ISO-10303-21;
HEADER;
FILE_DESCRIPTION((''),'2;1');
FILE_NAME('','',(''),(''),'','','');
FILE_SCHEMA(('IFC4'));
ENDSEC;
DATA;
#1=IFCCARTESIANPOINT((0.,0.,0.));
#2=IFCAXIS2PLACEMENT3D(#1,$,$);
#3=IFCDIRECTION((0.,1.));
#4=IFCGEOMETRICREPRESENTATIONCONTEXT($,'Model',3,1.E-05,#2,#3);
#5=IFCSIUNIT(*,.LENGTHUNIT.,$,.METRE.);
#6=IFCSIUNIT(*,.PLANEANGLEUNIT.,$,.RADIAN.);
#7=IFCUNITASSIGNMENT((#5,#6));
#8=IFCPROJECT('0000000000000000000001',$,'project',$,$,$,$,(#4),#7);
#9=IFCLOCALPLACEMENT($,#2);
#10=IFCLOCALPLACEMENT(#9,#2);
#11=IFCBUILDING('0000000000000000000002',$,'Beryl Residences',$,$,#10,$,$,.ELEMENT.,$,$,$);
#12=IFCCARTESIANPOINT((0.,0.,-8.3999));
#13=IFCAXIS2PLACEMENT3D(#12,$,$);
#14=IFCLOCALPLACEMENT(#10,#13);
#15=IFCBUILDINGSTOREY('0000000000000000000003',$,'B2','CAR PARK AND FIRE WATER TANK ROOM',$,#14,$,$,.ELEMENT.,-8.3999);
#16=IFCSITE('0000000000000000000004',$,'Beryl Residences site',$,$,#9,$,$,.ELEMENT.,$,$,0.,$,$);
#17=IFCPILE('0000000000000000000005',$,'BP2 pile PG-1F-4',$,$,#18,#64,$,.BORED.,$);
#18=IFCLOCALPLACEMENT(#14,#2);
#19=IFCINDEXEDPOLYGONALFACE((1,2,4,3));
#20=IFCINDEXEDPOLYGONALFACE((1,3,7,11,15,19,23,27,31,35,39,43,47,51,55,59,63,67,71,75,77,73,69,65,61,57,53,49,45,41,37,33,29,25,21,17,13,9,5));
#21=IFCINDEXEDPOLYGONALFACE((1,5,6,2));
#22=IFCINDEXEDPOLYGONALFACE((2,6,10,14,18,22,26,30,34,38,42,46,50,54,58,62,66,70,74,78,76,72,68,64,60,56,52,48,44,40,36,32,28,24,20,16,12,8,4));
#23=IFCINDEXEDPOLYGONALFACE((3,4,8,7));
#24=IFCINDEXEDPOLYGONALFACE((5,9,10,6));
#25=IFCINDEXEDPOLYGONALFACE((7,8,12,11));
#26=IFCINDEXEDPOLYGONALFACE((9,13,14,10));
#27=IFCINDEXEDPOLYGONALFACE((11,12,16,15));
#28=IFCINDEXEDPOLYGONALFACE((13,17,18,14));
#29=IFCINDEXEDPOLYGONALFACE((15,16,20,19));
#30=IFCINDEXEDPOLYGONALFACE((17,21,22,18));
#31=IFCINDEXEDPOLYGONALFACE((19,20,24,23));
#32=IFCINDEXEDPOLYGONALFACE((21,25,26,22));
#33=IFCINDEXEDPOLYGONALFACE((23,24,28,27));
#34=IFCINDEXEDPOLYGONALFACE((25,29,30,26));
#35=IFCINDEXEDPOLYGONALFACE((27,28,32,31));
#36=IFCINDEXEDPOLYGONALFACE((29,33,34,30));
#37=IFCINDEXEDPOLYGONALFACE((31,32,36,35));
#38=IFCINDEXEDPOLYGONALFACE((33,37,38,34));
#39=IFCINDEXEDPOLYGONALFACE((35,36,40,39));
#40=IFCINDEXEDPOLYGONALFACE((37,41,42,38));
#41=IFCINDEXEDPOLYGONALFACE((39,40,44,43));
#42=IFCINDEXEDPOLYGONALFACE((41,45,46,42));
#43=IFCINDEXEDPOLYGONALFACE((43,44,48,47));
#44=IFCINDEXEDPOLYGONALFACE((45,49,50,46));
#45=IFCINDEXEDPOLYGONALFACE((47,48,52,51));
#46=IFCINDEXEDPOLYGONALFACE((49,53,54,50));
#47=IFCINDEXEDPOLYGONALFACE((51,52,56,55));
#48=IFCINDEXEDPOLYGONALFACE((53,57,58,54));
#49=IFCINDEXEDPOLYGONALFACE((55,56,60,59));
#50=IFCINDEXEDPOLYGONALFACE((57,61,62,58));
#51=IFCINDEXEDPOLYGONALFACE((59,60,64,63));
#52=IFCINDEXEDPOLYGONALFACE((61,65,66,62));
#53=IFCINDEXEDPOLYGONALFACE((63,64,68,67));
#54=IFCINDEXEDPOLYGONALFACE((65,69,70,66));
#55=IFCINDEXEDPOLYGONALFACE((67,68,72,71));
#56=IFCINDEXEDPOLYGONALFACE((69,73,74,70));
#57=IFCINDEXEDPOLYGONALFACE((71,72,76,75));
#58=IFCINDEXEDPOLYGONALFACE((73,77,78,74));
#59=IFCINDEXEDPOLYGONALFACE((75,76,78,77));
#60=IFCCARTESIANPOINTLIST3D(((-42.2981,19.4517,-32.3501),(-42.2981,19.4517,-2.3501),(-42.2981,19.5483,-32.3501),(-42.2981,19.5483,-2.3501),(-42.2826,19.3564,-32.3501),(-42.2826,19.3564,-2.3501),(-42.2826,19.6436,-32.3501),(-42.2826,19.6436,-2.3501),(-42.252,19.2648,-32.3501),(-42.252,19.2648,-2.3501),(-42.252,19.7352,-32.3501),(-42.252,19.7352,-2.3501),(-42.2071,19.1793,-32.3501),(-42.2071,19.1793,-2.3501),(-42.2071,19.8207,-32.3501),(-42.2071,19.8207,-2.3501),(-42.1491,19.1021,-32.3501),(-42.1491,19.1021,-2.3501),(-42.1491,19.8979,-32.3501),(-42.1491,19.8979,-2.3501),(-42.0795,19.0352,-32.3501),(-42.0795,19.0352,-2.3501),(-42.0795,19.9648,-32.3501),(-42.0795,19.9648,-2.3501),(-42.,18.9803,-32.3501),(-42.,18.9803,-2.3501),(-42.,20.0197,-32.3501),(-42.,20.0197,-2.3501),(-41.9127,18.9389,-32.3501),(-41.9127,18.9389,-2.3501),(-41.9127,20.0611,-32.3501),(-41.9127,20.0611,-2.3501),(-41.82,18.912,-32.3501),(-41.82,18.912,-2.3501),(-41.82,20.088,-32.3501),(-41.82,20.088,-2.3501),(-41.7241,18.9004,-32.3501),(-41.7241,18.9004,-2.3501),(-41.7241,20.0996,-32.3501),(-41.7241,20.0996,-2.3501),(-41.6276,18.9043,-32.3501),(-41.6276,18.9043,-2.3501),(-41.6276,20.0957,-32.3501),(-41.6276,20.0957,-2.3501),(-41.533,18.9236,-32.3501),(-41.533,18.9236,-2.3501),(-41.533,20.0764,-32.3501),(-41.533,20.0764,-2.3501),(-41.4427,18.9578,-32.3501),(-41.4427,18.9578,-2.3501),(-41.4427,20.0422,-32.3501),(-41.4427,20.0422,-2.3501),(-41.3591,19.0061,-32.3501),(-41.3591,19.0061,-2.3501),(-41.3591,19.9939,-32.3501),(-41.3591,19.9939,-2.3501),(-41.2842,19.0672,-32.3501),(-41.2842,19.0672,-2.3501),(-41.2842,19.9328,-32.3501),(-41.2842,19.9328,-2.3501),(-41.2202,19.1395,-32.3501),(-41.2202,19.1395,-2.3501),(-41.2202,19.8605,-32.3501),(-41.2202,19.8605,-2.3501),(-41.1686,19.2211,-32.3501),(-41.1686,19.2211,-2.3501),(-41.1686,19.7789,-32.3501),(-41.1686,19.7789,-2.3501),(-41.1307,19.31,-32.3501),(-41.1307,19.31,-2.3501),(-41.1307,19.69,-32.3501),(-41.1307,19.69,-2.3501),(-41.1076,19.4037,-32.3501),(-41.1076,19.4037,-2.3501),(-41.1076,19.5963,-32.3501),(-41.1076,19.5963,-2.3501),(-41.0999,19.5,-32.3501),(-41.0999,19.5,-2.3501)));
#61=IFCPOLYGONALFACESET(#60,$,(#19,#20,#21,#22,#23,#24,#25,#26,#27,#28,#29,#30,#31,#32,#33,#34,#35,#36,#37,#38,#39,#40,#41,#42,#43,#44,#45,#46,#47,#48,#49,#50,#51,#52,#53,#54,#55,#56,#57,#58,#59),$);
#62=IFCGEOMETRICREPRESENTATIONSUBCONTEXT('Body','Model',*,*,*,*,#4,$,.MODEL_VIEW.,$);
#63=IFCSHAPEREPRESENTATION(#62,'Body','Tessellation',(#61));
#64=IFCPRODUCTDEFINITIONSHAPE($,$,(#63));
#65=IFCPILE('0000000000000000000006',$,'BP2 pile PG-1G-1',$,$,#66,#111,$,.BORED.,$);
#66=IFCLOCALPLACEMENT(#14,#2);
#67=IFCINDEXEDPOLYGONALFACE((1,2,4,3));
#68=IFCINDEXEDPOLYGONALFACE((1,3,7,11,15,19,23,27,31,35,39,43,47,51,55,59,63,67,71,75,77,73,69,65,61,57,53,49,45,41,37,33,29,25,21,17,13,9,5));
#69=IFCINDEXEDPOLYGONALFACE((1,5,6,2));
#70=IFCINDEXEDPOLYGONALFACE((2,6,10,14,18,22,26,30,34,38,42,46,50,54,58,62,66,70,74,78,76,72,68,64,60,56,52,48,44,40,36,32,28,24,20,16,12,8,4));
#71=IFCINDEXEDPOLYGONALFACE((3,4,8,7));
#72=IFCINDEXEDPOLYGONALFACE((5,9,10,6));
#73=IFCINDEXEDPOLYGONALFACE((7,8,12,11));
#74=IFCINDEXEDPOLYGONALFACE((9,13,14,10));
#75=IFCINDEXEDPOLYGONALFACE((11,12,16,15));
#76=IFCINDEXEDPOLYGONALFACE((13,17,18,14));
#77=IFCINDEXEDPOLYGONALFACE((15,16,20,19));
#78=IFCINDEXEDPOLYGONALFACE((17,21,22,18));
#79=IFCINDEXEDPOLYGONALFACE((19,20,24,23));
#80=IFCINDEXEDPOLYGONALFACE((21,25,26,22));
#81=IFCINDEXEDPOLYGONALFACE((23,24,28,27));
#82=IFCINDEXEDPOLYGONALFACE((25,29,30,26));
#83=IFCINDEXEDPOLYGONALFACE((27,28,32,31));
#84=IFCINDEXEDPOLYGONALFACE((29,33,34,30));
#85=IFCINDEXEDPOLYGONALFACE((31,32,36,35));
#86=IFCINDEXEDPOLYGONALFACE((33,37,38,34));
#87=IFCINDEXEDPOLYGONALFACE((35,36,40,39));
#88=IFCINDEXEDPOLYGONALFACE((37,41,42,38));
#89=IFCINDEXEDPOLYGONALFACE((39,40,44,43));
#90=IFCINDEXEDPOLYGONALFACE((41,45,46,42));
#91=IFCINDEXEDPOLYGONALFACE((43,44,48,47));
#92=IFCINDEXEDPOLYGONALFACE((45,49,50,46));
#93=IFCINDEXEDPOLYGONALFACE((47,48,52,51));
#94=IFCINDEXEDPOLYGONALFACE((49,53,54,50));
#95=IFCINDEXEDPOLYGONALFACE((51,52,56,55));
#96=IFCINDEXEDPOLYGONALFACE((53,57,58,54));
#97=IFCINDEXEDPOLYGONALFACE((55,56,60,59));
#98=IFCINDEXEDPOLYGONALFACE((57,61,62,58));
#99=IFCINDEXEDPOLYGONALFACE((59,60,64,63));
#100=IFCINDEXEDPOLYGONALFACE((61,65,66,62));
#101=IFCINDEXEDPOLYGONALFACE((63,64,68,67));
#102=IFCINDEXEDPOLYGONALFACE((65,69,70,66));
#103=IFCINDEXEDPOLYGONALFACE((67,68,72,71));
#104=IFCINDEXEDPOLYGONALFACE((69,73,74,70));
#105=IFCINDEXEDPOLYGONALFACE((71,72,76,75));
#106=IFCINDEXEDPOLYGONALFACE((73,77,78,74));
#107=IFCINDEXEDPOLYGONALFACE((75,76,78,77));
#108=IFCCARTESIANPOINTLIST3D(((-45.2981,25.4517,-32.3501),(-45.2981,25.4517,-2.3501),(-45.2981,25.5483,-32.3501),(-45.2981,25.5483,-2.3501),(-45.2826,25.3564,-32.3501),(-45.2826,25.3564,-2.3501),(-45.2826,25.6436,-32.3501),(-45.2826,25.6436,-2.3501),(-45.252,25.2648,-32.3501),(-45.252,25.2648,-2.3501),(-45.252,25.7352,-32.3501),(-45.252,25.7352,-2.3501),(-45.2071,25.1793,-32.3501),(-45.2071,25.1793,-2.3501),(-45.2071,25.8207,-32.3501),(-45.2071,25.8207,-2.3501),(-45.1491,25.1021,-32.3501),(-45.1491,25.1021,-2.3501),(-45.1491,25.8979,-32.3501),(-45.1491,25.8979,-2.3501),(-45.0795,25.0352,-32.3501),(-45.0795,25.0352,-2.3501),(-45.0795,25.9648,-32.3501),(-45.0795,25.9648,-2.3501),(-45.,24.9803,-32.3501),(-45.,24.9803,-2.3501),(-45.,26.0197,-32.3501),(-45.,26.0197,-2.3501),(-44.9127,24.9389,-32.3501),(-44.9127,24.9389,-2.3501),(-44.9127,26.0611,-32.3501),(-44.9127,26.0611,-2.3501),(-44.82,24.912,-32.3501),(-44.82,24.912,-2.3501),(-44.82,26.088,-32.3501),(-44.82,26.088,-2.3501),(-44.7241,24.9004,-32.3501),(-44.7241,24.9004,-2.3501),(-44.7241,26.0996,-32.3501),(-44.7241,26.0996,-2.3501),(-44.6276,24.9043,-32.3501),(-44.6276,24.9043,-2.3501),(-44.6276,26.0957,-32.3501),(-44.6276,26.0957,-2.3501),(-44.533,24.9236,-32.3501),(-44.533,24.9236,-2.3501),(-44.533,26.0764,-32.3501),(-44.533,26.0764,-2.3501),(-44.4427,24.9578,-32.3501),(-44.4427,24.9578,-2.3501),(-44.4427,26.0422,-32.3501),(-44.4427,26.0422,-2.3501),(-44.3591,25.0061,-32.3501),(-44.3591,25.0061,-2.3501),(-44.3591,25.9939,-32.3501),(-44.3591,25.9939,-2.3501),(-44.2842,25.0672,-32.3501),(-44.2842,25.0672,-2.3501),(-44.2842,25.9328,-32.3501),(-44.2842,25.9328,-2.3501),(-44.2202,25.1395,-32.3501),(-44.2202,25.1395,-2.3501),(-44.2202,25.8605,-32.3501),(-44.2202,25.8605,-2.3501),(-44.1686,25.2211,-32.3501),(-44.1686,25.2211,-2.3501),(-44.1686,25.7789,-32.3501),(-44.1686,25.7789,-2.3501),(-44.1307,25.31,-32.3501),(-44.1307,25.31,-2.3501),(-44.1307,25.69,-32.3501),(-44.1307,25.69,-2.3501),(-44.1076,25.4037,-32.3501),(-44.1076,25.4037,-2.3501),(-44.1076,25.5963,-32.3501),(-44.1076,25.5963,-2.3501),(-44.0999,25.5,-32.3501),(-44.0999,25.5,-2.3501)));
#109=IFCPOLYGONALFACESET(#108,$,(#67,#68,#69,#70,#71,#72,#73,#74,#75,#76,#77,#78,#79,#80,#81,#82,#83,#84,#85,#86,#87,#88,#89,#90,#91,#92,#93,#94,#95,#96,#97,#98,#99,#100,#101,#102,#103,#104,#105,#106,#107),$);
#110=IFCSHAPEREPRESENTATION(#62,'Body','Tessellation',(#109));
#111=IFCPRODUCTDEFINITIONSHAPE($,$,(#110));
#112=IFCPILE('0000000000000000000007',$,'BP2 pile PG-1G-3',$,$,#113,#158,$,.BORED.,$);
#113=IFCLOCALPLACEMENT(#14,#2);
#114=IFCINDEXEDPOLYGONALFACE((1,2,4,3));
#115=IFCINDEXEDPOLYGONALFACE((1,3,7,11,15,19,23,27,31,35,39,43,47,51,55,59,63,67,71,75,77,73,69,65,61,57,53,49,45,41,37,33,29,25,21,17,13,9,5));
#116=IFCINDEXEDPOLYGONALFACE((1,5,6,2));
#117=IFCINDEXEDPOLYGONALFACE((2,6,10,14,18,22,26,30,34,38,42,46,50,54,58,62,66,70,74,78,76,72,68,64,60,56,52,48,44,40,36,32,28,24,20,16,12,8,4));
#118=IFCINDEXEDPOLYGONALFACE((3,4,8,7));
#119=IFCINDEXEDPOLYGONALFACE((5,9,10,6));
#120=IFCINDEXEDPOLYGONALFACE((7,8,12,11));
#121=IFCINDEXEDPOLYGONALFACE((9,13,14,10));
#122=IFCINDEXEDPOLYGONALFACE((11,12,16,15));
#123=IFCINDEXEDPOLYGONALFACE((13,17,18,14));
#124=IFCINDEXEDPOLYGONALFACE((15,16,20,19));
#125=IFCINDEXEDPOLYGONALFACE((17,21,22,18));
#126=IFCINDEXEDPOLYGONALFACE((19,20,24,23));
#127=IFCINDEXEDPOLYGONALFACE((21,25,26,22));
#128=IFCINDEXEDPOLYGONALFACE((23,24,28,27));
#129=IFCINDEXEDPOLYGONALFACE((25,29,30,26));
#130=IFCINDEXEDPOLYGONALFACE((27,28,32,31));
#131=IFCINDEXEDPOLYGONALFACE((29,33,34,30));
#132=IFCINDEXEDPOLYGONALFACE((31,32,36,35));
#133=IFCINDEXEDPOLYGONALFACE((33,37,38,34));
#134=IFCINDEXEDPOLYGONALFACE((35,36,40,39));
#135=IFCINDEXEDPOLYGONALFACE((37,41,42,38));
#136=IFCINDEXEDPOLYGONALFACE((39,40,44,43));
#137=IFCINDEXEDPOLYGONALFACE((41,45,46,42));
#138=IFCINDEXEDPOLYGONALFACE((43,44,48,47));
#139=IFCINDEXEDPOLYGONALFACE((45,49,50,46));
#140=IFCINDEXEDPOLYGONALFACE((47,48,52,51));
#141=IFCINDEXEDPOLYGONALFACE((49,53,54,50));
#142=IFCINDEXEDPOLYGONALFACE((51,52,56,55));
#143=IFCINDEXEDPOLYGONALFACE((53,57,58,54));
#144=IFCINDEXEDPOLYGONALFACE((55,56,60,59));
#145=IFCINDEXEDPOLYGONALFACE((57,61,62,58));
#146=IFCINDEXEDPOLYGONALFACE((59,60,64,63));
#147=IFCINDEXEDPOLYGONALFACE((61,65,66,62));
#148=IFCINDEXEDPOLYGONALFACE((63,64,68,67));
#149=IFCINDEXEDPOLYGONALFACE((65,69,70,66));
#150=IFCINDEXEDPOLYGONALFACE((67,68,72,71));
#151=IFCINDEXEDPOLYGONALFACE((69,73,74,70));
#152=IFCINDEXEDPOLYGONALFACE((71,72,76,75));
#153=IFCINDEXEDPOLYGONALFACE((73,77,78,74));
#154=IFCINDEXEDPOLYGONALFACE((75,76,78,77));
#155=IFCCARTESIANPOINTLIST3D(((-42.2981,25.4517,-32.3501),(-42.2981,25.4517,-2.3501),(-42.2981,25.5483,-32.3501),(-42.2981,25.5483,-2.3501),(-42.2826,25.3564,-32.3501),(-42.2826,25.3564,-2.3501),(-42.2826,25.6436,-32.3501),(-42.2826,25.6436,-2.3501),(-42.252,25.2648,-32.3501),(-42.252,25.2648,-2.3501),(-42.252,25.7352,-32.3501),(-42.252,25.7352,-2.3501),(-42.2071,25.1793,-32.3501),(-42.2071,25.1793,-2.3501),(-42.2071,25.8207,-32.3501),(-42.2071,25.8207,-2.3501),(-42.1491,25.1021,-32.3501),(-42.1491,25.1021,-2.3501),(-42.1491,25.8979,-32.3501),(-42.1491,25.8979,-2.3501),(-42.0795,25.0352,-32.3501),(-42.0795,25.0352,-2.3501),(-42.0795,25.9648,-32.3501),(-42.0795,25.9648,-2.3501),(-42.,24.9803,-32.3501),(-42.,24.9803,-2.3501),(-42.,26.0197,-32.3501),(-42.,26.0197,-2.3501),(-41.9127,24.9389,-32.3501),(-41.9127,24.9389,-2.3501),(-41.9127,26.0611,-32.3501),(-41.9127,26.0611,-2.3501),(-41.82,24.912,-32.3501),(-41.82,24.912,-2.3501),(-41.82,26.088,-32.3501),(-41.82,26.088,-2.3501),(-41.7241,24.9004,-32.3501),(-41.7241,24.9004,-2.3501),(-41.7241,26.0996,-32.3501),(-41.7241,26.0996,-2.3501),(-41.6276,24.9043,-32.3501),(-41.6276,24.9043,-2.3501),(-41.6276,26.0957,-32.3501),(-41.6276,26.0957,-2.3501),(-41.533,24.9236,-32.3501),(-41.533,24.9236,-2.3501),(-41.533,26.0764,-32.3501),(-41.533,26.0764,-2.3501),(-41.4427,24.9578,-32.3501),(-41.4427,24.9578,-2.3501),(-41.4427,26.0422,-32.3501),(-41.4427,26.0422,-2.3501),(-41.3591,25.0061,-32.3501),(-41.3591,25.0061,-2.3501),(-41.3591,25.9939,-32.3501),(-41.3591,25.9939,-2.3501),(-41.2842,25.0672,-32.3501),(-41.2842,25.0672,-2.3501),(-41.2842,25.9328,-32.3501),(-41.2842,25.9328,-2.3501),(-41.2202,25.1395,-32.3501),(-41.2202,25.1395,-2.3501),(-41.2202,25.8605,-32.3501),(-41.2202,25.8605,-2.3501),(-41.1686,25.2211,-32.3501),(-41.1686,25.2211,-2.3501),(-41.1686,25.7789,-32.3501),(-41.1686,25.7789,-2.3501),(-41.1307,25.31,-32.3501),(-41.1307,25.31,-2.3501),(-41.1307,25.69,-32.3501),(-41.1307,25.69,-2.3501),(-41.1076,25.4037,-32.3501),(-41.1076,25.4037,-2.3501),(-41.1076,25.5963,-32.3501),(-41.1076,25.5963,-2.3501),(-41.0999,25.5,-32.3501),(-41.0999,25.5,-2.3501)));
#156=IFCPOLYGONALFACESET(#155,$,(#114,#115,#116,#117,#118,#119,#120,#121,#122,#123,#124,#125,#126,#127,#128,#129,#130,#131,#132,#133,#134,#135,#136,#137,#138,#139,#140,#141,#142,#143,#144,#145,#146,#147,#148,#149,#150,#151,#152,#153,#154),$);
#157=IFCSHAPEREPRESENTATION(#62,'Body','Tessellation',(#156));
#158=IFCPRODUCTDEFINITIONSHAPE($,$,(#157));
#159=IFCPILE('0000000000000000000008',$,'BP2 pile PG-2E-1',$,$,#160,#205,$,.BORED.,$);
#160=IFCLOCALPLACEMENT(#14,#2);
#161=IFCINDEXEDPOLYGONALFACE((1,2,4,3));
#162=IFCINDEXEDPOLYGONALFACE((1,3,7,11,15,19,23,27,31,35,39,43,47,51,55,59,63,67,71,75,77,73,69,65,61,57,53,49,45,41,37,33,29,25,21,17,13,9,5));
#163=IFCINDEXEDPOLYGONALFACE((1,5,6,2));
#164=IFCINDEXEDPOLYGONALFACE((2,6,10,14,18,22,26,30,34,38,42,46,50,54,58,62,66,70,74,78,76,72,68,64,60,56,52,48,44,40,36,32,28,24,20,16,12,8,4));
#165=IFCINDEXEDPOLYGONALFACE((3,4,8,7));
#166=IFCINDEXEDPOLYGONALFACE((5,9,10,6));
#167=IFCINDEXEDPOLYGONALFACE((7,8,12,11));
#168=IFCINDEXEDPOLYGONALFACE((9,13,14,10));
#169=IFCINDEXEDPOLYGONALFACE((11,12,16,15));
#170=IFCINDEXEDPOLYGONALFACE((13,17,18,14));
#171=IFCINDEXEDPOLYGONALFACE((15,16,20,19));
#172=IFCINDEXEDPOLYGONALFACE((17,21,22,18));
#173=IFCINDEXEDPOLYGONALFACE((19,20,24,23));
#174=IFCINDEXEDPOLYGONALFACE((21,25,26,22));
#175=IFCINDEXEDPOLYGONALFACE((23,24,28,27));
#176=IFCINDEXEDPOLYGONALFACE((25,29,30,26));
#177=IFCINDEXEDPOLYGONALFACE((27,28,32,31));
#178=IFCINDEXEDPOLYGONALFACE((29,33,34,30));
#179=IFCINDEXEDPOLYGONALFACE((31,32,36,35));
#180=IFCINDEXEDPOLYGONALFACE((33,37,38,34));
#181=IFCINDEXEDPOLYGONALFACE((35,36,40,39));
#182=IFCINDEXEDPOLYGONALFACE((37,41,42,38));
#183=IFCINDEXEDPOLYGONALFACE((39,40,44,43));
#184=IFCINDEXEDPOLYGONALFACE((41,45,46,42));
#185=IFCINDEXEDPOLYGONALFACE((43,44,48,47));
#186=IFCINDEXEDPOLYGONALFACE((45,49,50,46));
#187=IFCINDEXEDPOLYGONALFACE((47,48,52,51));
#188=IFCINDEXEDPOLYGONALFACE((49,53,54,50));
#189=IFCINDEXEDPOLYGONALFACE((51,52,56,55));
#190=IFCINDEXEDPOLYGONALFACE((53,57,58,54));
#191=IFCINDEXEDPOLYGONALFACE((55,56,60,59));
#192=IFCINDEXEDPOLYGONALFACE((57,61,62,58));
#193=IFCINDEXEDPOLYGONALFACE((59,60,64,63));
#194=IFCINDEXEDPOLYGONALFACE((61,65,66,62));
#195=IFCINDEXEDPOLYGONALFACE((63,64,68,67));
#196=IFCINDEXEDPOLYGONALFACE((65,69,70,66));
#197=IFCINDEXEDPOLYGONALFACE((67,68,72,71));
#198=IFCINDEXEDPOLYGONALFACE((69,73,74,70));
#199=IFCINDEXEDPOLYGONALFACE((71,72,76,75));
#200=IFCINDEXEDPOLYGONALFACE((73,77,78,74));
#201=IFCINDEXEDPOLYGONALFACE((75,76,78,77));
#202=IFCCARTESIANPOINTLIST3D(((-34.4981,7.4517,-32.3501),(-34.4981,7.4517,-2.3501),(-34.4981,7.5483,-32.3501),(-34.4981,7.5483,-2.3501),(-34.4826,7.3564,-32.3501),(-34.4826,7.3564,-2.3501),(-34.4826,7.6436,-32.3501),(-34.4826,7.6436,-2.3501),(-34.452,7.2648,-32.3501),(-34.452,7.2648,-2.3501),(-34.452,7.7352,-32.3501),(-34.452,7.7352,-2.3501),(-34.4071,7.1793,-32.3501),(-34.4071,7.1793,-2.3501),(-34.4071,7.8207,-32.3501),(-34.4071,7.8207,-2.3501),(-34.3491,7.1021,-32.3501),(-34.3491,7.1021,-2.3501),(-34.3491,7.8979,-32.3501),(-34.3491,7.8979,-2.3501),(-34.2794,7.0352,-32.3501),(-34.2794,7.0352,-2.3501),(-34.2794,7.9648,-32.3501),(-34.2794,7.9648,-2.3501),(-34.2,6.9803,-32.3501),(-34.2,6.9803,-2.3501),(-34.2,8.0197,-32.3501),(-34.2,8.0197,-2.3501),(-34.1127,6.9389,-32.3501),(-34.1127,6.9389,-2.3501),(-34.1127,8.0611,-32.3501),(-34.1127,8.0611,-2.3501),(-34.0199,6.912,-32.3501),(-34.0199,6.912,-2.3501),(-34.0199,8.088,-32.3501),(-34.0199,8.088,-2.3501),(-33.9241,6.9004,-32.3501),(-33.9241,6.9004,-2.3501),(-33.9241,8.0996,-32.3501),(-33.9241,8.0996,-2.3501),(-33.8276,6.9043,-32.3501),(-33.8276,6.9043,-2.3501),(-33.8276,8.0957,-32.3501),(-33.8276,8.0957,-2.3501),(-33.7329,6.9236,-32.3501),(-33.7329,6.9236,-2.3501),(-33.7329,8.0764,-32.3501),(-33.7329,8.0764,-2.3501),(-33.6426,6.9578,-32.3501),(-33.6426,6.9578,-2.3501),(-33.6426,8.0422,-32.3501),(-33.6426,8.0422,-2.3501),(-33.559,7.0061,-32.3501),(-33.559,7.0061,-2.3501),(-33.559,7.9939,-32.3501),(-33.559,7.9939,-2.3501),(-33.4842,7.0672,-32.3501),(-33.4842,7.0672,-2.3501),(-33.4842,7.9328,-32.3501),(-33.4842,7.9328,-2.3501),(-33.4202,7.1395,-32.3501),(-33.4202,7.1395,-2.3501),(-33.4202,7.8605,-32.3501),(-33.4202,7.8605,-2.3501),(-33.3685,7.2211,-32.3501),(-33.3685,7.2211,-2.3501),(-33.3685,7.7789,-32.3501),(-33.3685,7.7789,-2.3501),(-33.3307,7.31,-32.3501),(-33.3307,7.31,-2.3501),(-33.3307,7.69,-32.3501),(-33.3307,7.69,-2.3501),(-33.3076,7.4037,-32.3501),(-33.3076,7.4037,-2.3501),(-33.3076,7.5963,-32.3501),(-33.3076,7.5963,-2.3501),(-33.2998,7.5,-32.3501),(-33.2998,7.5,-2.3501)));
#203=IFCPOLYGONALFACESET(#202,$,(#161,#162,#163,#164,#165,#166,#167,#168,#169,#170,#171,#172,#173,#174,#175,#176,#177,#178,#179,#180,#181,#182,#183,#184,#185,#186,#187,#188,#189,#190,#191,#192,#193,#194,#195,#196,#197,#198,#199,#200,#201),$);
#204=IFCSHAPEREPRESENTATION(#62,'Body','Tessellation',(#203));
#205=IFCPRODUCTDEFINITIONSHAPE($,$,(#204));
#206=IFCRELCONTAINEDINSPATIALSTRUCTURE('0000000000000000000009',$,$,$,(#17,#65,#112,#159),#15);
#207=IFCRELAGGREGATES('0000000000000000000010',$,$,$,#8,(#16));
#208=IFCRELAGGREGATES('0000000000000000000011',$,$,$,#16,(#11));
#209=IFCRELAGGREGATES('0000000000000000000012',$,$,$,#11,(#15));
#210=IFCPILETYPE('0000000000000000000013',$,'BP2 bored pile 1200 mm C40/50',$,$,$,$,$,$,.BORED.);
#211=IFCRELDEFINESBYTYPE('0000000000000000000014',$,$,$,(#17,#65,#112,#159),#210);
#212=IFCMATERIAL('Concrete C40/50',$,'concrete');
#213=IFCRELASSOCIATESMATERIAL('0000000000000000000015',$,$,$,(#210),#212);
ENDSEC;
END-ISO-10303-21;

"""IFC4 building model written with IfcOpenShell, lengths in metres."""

from ifc_helpers import new_model, si_unit, direction, frame, origin, origin_2d, place, context, subcontext, project, spatial, circle, extrude, material, material_profile, profile_set, type_object, element, save


model = new_model("IFC4")

# Units and contexts
model_context = context("Model", 3, precision=1e-05, world=origin(), true_north=direction((0.0, 1.0)))
body_context = subcontext(model_context, "Body", "Model", "MODEL_VIEW")
ifc_project = project(units=[si_unit("LENGTHUNIT", "METRE"), si_unit("PLANEANGLEUNIT", "RADIAN")], contexts=[model_context])

# Site, building, storey
site_placement = place(None, origin())
site = spatial("IfcSite", under=ifc_project, at=site_placement, Name="Beryl Residences site", CompositionType="ELEMENT", RefElevation=0.0)
building_placement = place(site_placement, origin())
building = spatial("IfcBuilding", under=site, at=building_placement, Name="Beryl Residences", CompositionType="ELEMENT")
storey_placement = place(building_placement, frame((0.0, 0.0, -8.3999)))
storey = spatial("IfcBuildingStorey", under=building, at=storey_placement, Name="B2", Description="CAR PARK AND FIRE WATER TANK ROOM", CompositionType="ELEMENT", Elevation=-8.3999)

# Piles
ifc_material_1 = material(Name="Concrete C40/50", Category="concrete")
ifc_material_profile_1 = material_profile(ifc_material_1, circle(Radius=0.6001, at=origin_2d()))
ifc_profile_set_1 = profile_set([ifc_material_profile_1], Name="Concrete C40/50")
pile_type_1 = type_object("IfcPileType", Name="BP2 bored pile 1200 mm C40/50", PredefinedType="BORED", material=ifc_profile_set_1)
for number, where, z_axis, x_axis, name in (
    (1, (-41.7, 19.5, -2.3501), (0.0, 0.0, -1.0), (1.0, 0.0, 0.0), "BP2 pile PG-1F-4"),
    (2, (-44.7, 25.5, -2.3501), (0.0, 0.0, -1.0), (1.0, 0.0, 0.0), "BP2 pile PG-1G-1"),
    (3, (-41.7, 25.5, -2.3501), (0.0, 0.0, -1.0), (1.0, 0.0, 0.0), "BP2 pile PG-1G-3"),
    (4, (-33.8999, 7.5, -2.3501), (0.0, 0.0, -1.0), (1.0, 0.0, 0.0), "BP2 pile PG-2E-1"),
):
    element("IfcPile", number, at=place(storey_placement, frame(where, z_axis=z_axis, x_axis=x_axis)), inside=storey, type_object=pile_type_1, Name=name, PredefinedType="BORED", context=body_context, shape_type="SweptSolid", body=[
        extrude(circle(Radius=0.6001, at=origin_2d()), origin(), (0.0, 0.0, 1.0), 30.0),
    ])

save(model, "model.ifc")
